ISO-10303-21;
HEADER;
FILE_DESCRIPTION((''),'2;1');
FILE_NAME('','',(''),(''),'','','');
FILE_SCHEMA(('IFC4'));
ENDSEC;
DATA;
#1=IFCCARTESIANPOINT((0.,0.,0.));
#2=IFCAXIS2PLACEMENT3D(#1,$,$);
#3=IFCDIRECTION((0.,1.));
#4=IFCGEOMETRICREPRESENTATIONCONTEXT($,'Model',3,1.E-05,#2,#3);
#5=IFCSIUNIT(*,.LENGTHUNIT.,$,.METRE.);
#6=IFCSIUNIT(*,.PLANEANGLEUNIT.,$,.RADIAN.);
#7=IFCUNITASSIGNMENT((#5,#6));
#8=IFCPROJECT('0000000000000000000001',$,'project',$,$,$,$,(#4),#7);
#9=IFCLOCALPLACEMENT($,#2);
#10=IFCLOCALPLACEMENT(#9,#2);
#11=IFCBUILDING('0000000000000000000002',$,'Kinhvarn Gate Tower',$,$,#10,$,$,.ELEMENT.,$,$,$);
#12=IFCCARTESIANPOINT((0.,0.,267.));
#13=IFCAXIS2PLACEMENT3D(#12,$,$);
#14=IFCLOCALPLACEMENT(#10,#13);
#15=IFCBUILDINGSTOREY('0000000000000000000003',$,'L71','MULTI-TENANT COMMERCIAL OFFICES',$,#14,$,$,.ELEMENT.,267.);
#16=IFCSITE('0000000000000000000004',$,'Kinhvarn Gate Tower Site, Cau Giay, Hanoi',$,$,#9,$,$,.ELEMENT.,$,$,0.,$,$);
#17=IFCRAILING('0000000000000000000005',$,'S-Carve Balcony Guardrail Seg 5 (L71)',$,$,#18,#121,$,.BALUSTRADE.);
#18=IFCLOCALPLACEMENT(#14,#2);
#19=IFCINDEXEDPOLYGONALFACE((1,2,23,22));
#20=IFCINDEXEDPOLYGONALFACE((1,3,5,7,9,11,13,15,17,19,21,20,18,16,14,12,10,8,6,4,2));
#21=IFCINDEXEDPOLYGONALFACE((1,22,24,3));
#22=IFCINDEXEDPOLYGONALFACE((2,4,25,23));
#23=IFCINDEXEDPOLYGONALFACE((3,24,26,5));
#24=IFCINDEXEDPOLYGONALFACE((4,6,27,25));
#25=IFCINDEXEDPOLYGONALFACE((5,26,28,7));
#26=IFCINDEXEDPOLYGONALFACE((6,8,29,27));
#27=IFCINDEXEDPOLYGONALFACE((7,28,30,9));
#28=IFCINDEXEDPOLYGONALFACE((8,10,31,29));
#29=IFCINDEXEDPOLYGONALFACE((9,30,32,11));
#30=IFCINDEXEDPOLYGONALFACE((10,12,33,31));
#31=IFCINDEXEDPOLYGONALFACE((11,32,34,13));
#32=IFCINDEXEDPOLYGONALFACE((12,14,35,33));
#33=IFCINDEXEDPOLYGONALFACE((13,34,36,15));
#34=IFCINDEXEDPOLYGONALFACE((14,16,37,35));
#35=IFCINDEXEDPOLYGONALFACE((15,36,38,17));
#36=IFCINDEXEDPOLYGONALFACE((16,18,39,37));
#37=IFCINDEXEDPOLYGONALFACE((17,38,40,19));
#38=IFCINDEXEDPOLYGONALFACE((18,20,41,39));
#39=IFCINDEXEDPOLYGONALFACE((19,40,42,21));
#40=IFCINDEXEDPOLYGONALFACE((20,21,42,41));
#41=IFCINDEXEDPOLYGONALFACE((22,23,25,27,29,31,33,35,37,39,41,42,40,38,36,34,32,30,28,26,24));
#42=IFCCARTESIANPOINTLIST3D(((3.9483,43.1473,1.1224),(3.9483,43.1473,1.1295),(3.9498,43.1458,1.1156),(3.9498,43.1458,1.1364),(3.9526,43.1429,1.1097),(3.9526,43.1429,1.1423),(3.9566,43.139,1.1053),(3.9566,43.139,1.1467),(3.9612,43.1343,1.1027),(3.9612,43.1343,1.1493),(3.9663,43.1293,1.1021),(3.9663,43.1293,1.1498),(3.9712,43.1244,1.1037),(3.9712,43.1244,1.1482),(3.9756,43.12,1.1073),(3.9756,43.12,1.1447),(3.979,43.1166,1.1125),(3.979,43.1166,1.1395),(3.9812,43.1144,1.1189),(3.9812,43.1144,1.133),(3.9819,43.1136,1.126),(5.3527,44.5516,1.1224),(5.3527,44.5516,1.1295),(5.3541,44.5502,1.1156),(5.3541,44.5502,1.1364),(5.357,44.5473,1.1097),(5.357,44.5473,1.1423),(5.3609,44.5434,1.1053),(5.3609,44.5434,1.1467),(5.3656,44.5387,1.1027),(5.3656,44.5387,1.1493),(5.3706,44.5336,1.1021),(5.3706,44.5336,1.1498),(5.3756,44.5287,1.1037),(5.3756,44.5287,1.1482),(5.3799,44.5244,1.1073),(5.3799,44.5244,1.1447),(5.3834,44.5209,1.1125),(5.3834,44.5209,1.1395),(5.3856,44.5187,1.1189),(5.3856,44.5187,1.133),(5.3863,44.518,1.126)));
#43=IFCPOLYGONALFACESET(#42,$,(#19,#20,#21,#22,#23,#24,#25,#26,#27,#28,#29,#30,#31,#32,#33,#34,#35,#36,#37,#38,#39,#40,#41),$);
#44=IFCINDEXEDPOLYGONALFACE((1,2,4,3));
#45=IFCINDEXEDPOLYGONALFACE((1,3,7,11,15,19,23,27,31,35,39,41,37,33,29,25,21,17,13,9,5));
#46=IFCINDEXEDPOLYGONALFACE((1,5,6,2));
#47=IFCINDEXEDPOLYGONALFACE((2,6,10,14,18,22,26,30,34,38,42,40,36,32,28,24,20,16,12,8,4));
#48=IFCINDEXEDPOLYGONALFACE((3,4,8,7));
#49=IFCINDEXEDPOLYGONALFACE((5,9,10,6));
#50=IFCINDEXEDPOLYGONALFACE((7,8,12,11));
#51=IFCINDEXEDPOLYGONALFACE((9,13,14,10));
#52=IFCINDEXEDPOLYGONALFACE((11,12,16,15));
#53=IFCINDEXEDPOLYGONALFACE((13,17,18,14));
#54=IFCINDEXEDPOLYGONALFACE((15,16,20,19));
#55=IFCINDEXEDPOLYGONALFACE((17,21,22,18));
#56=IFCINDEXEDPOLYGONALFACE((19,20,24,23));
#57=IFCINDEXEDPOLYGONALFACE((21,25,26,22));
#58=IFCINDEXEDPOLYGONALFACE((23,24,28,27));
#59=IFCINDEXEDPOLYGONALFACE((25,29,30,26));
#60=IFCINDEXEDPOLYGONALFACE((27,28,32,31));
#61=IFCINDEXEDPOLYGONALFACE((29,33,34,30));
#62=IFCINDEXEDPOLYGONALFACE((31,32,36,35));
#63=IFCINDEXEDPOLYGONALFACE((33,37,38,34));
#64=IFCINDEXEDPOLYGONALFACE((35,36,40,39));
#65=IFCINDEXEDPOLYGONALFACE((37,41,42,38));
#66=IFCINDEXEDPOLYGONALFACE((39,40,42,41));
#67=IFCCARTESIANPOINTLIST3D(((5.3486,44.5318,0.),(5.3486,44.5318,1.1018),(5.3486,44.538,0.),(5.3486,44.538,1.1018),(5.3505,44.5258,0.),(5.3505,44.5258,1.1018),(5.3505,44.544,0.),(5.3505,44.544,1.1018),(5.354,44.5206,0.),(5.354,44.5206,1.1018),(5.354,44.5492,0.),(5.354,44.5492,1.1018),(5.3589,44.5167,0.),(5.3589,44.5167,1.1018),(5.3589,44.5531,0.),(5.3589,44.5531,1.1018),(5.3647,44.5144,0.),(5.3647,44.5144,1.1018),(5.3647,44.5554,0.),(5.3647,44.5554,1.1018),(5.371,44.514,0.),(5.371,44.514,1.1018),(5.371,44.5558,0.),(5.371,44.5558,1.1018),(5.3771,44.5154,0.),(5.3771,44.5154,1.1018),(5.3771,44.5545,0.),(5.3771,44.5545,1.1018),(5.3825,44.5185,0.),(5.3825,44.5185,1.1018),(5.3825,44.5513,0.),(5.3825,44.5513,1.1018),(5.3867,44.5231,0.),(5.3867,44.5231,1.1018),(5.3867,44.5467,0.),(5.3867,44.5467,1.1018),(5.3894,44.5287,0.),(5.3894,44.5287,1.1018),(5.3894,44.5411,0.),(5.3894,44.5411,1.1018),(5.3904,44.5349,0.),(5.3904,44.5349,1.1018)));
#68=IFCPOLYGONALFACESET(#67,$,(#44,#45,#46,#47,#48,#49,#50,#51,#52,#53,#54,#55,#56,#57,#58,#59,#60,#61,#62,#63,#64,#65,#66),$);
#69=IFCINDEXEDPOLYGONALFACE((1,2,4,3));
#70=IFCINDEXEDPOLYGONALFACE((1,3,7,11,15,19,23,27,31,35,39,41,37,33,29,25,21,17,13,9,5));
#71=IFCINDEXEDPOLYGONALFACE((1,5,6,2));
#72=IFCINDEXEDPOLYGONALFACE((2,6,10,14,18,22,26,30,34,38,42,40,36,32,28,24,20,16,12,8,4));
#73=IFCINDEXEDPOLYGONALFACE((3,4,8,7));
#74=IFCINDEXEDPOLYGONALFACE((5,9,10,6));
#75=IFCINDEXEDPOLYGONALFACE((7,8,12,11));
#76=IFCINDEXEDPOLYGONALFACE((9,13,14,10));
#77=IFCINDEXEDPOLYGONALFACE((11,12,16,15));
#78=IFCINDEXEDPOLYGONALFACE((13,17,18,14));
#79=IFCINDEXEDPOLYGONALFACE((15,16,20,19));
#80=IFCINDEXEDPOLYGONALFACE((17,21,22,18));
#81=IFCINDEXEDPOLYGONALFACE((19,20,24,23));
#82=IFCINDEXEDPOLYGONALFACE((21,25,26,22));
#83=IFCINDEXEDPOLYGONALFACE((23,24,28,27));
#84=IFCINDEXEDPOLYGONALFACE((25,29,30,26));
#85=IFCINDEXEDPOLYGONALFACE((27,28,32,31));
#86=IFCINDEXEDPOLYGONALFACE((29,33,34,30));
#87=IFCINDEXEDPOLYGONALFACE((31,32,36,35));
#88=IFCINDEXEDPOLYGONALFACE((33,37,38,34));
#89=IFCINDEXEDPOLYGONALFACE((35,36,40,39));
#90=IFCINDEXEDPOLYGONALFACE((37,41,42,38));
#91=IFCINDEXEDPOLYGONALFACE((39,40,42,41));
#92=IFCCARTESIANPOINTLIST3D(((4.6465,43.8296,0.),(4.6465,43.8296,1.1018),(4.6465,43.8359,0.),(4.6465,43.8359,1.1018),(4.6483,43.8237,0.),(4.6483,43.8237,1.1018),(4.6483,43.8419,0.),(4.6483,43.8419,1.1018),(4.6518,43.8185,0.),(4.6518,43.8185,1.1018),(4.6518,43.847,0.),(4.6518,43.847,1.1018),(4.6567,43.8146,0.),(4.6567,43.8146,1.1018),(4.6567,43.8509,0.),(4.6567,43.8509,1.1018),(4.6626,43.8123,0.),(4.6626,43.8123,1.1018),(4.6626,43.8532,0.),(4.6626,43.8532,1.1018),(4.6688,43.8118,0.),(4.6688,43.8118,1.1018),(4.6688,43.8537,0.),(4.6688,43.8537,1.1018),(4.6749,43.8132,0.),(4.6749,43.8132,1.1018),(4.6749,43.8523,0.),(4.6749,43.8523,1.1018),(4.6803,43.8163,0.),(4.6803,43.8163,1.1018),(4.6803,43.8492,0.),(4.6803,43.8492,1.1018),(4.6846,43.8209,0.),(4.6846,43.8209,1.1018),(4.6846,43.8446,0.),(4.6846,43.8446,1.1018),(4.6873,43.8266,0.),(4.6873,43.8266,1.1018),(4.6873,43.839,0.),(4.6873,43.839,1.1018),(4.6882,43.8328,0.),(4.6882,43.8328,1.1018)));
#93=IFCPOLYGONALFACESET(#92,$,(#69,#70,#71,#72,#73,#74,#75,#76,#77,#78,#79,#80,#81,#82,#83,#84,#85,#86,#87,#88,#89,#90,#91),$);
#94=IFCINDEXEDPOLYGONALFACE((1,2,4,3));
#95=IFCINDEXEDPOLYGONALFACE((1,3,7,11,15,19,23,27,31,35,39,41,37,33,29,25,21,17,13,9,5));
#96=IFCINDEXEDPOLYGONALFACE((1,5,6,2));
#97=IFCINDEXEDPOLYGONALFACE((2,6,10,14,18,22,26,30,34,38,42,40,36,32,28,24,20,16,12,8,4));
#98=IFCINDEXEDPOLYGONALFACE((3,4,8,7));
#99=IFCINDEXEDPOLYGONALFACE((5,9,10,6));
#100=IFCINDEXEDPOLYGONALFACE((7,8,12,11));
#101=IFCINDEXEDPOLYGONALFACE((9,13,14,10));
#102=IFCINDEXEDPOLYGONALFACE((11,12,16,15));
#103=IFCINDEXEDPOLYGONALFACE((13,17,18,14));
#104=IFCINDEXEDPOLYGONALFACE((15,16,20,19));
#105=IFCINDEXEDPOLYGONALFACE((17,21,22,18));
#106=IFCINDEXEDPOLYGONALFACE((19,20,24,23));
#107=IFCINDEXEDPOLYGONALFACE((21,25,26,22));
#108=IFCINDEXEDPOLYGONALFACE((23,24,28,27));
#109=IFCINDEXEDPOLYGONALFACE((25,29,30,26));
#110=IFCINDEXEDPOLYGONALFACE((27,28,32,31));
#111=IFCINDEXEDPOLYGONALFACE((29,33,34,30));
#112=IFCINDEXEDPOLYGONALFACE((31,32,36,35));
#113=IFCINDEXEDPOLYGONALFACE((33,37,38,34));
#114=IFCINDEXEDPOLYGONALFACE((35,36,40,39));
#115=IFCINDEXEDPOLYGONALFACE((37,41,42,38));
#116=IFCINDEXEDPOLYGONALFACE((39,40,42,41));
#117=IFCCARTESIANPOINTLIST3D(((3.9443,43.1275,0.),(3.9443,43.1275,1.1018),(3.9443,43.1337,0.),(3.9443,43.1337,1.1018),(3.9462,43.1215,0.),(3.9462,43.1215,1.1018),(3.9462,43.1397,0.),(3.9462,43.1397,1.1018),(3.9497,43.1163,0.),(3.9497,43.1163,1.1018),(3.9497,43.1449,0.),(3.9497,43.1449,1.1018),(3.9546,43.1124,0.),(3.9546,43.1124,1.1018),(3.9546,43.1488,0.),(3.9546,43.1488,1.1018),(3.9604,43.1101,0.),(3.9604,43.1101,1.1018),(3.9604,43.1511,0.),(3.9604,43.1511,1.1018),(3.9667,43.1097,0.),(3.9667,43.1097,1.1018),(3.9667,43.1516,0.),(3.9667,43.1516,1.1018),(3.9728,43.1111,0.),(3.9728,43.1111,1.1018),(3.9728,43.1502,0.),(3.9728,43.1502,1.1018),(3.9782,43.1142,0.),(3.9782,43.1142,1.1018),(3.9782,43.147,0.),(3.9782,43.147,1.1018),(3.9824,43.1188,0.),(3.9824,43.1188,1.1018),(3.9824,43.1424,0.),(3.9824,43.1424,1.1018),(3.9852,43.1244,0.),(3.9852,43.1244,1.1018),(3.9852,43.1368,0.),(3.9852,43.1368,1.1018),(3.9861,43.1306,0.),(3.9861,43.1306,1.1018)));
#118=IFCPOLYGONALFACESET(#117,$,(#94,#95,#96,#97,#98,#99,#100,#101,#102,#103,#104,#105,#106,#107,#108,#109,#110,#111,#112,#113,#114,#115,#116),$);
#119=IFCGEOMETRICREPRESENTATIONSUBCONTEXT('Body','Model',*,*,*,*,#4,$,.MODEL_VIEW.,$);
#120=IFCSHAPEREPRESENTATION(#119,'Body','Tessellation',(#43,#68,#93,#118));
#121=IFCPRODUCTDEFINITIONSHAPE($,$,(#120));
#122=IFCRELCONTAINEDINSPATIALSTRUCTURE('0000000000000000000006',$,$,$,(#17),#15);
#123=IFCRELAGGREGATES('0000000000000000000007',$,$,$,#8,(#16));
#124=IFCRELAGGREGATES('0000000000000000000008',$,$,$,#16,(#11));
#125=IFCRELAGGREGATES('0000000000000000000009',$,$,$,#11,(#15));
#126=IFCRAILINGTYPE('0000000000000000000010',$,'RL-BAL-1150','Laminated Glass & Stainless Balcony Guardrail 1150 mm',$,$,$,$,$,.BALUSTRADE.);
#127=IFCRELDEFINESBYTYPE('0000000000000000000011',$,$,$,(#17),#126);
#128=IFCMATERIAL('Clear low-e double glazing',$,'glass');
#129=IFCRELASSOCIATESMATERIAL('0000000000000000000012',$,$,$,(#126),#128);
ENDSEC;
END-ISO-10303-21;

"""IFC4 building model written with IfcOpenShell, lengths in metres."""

from ifc_helpers import new_model, si_unit, direction, frame, origin, origin_2d, place, context, subcontext, project, spatial, circle, extrude, material, type_object, element, save


model = new_model("IFC4")

# Units and contexts
model_context = context("Model", 3, precision=1e-05, world=origin(), true_north=direction((0.0, 1.0)))
body_context = subcontext(model_context, "Body", "Model", "MODEL_VIEW")
ifc_project = project(units=[si_unit("LENGTHUNIT", "METRE"), si_unit("PLANEANGLEUNIT", "RADIAN")], contexts=[model_context])

# Site, building, storey
site_placement = place(None, origin())
site = spatial("IfcSite", under=ifc_project, at=site_placement, Name="Kinhvarn Gate Tower Site, Cau Giay, Hanoi", CompositionType="ELEMENT", RefElevation=0.0)
building_placement = place(site_placement, origin())
building = spatial("IfcBuilding", under=site, at=building_placement, Name="Kinhvarn Gate Tower", CompositionType="ELEMENT")
storey_placement = place(building_placement, frame((0.0, 0.0, 267.0)))
storey = spatial("IfcBuildingStorey", under=building, at=storey_placement, Name="L71", Description="MULTI-TENANT COMMERCIAL OFFICES", CompositionType="ELEMENT", Elevation=267.0)

# Shared definitions
ifc_material_1 = material(Name="Clear low-e double glazing", Category="glass")

# Railing
railing_type = type_object("IfcRailingType", Name="RL-BAL-1150", Description="Laminated Glass & Stainless Balcony Guardrail 1150 mm", PredefinedType="BALUSTRADE", material=ifc_material_1)
railing_1_placement = place(storey_placement, frame((5.3694, 44.5349, 0.0)))
element("IfcRailing", 1, at=railing_1_placement, inside=storey, type_object=railing_type, Name="S-Carve Balcony Guardrail Seg 5 (L71)", PredefinedType="BALUSTRADE", context=body_context, shape_type="SweptSolid", body=[
    extrude(circle(Radius=0.0239, at=origin_2d()), frame((0.0, 0.0, 1.126), z_axis=(-0.707107, -0.707107, 0.0), x_axis=(0.707107, -0.707107, 0.0)), (0.0, 0.0, 1.0), 1.9861),
    extrude(circle(Radius=0.021, at=origin_2d()), origin(), (0.0, 0.0, 1.0), 1.1018),
    extrude(circle(Radius=0.021, at=origin_2d()), frame((-0.7021, -0.7021, 0.0)), (0.0, 0.0, 1.0), 1.1018),
    extrude(circle(Radius=0.021, at=origin_2d()), frame((-1.4043, -1.4043, 0.0)), (0.0, 0.0, 1.0), 1.1018),
])

save(model, "model.ifc")
